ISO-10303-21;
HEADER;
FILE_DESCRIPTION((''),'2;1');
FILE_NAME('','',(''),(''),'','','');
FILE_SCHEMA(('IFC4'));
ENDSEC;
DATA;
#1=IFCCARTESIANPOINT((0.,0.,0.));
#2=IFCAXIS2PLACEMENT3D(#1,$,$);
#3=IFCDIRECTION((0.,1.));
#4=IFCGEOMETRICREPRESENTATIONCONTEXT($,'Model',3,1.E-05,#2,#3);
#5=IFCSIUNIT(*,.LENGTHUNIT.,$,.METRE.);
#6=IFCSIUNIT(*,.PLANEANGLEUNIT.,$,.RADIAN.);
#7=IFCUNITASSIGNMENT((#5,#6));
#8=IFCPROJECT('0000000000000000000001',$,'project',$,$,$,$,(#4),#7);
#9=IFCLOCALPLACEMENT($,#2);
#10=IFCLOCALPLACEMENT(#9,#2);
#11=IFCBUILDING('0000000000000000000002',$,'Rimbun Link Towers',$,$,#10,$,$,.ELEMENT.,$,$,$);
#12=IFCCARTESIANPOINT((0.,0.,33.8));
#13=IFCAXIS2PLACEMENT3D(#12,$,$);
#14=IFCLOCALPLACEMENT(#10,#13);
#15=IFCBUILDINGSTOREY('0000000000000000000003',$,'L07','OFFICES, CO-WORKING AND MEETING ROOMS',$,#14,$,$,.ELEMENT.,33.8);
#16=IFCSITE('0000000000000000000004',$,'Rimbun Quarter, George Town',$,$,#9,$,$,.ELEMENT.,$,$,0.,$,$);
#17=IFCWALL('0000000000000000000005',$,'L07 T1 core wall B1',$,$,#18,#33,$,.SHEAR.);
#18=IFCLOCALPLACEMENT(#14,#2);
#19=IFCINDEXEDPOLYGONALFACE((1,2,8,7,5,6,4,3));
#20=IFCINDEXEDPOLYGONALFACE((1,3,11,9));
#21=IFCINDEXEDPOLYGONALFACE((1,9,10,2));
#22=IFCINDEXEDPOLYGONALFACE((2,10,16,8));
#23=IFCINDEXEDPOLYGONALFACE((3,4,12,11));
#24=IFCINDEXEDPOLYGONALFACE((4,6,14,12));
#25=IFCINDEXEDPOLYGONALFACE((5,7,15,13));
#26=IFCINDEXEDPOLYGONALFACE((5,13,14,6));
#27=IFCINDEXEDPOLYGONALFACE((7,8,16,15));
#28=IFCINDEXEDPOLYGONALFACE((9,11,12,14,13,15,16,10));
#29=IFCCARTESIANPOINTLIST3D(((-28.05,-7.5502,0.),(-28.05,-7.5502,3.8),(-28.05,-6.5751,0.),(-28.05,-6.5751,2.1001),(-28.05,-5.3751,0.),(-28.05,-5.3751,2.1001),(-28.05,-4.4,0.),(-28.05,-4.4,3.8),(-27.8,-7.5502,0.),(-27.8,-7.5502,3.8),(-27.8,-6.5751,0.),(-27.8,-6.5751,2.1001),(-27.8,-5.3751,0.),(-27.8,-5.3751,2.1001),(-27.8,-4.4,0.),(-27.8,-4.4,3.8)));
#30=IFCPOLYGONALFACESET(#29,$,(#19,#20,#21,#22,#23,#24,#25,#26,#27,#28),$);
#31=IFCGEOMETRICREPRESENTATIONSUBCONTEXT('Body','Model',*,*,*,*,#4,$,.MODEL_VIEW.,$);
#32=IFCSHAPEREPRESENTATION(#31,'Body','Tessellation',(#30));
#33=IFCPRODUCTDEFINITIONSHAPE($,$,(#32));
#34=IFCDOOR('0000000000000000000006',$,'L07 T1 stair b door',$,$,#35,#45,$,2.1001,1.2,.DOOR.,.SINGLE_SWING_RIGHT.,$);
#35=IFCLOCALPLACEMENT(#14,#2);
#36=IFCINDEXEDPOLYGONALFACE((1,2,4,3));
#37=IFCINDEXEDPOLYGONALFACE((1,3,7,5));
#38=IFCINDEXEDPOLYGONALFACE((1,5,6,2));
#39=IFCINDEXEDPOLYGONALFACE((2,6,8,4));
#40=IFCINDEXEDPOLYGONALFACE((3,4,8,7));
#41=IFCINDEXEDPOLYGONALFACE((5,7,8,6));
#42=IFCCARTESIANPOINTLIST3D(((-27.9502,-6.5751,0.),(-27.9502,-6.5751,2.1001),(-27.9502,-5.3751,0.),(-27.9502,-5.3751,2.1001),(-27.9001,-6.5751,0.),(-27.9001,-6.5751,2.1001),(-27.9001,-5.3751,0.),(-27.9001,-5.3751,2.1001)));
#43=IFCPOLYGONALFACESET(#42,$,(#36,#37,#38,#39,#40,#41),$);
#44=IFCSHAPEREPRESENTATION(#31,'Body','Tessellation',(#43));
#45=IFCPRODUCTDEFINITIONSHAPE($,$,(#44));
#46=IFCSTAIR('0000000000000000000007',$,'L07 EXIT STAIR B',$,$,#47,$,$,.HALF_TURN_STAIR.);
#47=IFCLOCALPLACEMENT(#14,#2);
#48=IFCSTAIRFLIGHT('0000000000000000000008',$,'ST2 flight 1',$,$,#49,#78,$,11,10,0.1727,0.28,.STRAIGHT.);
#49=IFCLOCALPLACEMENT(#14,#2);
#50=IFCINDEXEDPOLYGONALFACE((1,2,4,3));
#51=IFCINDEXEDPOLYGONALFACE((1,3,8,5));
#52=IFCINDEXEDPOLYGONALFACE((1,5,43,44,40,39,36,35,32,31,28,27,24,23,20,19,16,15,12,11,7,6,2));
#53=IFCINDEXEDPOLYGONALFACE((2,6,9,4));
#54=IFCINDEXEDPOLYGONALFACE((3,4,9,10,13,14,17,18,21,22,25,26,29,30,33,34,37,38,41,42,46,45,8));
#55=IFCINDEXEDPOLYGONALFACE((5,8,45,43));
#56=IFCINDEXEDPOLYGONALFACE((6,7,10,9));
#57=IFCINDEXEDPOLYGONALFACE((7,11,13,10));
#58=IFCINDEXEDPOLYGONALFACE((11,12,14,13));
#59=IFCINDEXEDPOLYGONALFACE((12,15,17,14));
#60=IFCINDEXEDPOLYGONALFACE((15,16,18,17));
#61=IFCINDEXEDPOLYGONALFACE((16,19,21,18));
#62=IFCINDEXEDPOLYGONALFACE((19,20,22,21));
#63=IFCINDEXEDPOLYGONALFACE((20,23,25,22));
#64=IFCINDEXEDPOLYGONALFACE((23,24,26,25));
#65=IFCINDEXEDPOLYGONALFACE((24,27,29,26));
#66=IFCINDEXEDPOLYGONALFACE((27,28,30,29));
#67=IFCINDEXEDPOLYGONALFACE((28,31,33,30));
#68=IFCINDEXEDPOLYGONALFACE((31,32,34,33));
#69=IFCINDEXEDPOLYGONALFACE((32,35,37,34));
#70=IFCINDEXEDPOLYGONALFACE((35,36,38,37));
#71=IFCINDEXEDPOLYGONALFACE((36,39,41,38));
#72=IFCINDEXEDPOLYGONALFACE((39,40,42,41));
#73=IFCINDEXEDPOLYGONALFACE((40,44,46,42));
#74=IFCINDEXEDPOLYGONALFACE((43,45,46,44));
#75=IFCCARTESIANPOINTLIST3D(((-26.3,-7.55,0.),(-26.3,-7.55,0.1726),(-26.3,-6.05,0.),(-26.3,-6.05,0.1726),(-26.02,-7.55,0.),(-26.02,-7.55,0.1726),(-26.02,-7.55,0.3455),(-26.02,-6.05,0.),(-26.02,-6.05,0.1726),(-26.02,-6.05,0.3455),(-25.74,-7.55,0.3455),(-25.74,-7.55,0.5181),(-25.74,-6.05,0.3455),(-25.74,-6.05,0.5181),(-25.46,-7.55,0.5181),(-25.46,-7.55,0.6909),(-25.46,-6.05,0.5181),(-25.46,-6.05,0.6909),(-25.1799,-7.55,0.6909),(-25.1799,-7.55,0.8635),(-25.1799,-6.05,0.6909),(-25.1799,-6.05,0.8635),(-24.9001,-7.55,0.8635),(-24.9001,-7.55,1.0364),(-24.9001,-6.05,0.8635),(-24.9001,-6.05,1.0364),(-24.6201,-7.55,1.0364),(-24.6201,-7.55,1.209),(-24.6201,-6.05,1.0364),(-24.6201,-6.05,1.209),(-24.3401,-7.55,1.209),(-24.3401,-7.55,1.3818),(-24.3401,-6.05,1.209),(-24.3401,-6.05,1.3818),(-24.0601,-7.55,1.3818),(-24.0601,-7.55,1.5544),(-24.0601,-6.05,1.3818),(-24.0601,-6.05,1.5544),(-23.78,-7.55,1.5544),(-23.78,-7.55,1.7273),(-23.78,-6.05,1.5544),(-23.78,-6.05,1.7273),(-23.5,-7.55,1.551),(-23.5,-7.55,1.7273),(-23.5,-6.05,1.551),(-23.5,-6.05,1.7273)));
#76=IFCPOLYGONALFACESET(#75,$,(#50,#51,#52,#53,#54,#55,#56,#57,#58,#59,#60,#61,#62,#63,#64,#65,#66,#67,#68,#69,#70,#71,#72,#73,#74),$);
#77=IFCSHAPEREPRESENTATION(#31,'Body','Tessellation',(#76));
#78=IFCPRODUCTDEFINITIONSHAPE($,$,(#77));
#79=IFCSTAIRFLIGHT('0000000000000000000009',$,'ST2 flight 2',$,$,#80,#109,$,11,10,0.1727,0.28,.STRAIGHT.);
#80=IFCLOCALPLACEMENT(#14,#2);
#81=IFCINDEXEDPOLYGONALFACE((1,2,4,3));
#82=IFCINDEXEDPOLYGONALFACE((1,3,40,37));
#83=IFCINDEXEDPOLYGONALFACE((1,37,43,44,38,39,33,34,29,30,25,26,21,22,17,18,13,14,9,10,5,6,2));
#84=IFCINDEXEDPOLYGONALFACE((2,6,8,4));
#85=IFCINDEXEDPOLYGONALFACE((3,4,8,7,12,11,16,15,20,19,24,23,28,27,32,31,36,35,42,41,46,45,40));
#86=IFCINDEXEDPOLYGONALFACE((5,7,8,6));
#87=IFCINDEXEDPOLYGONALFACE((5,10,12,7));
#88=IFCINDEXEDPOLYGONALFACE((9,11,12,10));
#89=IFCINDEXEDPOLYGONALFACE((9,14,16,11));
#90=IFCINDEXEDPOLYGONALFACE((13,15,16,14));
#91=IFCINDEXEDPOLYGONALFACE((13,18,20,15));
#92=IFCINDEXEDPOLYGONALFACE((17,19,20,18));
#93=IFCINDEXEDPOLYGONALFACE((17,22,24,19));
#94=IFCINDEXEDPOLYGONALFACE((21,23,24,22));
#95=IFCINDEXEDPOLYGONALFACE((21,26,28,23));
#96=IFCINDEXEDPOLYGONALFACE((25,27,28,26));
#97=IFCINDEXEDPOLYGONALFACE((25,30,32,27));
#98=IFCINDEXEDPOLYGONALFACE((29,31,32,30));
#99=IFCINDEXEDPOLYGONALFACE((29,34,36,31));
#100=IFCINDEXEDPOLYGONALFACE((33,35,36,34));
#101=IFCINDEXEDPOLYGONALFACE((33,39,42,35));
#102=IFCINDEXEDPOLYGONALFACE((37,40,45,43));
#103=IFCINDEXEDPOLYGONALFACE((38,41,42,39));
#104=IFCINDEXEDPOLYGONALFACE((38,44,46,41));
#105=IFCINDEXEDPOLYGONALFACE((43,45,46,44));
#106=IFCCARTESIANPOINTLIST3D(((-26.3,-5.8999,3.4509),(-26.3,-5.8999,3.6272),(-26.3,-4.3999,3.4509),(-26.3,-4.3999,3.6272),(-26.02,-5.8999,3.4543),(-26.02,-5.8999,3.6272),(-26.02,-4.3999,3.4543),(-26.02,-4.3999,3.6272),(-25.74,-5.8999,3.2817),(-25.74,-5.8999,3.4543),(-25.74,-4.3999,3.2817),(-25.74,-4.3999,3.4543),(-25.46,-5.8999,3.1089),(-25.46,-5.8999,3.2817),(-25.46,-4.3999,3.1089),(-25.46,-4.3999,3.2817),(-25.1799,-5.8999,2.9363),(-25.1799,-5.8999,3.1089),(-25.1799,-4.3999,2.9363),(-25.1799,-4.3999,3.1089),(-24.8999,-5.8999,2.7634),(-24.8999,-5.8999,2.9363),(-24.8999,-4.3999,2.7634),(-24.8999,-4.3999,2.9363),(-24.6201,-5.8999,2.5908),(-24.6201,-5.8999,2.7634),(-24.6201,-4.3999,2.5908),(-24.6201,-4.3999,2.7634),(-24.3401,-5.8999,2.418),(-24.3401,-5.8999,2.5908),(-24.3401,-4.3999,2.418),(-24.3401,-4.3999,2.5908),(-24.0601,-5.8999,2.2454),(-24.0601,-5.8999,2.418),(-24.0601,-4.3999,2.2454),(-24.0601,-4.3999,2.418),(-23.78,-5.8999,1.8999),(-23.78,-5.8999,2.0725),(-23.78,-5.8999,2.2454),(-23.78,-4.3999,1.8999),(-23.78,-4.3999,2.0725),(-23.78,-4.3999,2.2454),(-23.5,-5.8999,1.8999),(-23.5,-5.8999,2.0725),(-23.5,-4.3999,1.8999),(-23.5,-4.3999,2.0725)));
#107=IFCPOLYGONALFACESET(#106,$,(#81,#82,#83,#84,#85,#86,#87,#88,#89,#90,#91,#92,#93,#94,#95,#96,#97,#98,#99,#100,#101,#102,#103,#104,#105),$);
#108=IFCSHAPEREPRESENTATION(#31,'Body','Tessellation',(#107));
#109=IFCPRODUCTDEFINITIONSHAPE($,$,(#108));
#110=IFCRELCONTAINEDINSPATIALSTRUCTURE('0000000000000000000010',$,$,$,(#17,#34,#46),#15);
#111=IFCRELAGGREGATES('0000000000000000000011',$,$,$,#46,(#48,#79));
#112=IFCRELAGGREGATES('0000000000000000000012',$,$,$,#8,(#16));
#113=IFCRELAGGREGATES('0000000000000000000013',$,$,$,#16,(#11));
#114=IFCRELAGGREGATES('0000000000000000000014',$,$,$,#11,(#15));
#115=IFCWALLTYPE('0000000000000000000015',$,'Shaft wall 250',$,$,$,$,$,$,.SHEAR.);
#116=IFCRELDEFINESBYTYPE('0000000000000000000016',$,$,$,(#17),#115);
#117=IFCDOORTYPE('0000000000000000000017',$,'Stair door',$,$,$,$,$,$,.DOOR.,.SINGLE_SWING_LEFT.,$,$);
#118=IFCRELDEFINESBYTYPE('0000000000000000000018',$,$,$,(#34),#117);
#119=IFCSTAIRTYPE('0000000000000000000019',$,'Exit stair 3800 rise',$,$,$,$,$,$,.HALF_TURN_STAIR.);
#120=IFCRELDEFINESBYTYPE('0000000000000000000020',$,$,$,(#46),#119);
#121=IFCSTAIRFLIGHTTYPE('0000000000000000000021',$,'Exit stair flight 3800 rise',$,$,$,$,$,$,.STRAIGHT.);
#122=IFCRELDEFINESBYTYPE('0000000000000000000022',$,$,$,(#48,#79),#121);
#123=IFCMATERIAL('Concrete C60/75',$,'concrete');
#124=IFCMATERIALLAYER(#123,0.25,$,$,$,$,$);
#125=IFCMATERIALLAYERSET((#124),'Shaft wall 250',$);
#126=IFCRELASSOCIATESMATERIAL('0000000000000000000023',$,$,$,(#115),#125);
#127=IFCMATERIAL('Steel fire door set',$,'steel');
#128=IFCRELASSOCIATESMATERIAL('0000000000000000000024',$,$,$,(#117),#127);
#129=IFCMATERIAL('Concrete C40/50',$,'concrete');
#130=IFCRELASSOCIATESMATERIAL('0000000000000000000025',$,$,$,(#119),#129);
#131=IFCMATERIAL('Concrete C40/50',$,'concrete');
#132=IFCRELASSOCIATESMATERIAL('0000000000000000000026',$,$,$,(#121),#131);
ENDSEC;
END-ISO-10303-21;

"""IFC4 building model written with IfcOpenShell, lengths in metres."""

from ifc_helpers import new_model, si_unit, direction, frame, frame_2d, origin, place, context, subcontext, project, spatial, polyline, rectangle, outline, extrude, material, layer, layer_set, type_object, element, fill, aggregate, save


model = new_model("IFC4")

# Units and contexts
model_context = context("Model", 3, precision=1e-05, world=origin(), true_north=direction((0.0, 1.0)))
body_context = subcontext(model_context, "Body", "Model", "MODEL_VIEW")
ifc_project = project(units=[si_unit("LENGTHUNIT", "METRE"), si_unit("PLANEANGLEUNIT", "RADIAN")], contexts=[model_context])

# Site, building, storey
site_placement = place(None, origin())
site = spatial("IfcSite", under=ifc_project, at=site_placement, Name="Rimbun Quarter, George Town", CompositionType="ELEMENT", RefElevation=0.0)
building_placement = place(site_placement, origin())
building = spatial("IfcBuilding", under=site, at=building_placement, Name="Rimbun Link Towers", CompositionType="ELEMENT")
storey_placement = place(building_placement, frame((0.0, 0.0, 33.8)))
storey = spatial("IfcBuildingStorey", under=building, at=storey_placement, Name="L07", Description="OFFICES, CO-WORKING AND MEETING ROOMS", CompositionType="ELEMENT", Elevation=33.8)

# Shared definitions
ifc_material_1 = material(Name="Concrete C60/75", Category="concrete")
ifc_layer_1 = layer(ifc_material_1, 0.25)
ifc_layer_set_1 = layer_set([ifc_layer_1], Name="Shaft wall 250")
wall_type_1 = type_object("IfcWallType", Name="Shaft wall 250", PredefinedType="SHEAR", material=ifc_layer_set_1)

# Wall, opening, door
wall_1_placement = place(storey_placement, frame((-27.925, -4.3999, 0.0), z_axis=(0.0, 0.0, 1.0), x_axis=(0.0, -1.0, 0.0)))
wall_1 = element("IfcWall", 1, at=wall_1_placement, inside=storey, type_object=wall_type_1, Name="L07 T1 core wall B1", PredefinedType="SHEAR", context=body_context, shape_type="SweptSolid", body=[
    extrude(rectangle(XDim=3.1501, YDim=0.25, at=frame_2d((1.5752, 0.0))), origin(), (0.0, 0.0, 1.0), 3.8),
])
opening_1_placement = place(wall_1_placement, frame((0.9751, 0.0, 0.0)))
opening_1 = element("IfcOpeningElement", 2, at=opening_1_placement, cuts=wall_1, PredefinedType="OPENING", context=body_context, shape_type="SweptSolid", body=[
    extrude(rectangle(XDim=1.2, YDim=2.1001, at=frame_2d((0.6001, 1.05))), frame((0.0, 0.135, 0.0), z_axis=(0.0, -1.0, 0.0), x_axis=(1.0, 0.0, 0.0)), (0.0, 0.0, 1.0), 0.27),
])
ifc_material_2 = material(Name="Steel fire door set", Category="steel")
door_type_1 = type_object("IfcDoorType", Name="Stair door", OperationType="SINGLE_SWING_LEFT", PredefinedType="DOOR", material=ifc_material_2)
door_1_placement = place(opening_1_placement, origin())
door_1 = element("IfcDoor", 3, at=door_1_placement, inside=storey, type_object=door_type_1, Name="L07 T1 stair b door", OperationType="SINGLE_SWING_RIGHT", OverallHeight=2.1001, OverallWidth=1.2, PredefinedType="DOOR", context=body_context, shape_type="SweptSolid", body=[
    extrude(rectangle(XDim=1.2, YDim=2.1001, at=frame_2d((0.6001, 1.05))), frame((0.0, 0.0249, 0.0), z_axis=(0.0, -1.0, 0.0), x_axis=(1.0, 0.0, 0.0)), (0.0, 0.0, 1.0), 0.05),
])
fill(opening_1, door_1)

# Stair, stair flights
ifc_material_3 = material(Name="Concrete C40/50", Category="concrete")
stair_type = type_object("IfcStairType", Name="Exit stair 3800 rise", PredefinedType="HALF_TURN_STAIR", material=ifc_material_3)
stair_placement = place(storey_placement, origin())
stair = element("IfcStair", 4, at=stair_placement, inside=storey, type_object=stair_type, Name="L07 EXIT STAIR B", PredefinedType="HALF_TURN_STAIR")
ifc_material_4 = material(Name="Concrete C40/50", Category="concrete")
stair_flight_type = type_object("IfcStairFlightType", Name="Exit stair flight 3800 rise", PredefinedType="STRAIGHT", material=ifc_material_4)
stair_flight_1_placement = place(storey_placement, frame((-26.3, -6.8, 0.0), z_axis=(0.0, 0.0, 1.0), x_axis=(1.0, 0.0, 0.0)))
stair_flight_1 = element("IfcStairFlight", 5, at=stair_flight_1_placement, type_object=stair_flight_type, Name="ST2 flight 1", NumberOfRisers=11, NumberOfTreads=10, PredefinedType="STRAIGHT", RiserHeight=0.1727, TreadLength=0.28, context=body_context, shape_type="SweptSolid", body=[
    extrude(outline(polyline([(0.0, 0.0), (0.0, 0.1726), (0.28, 0.1726), (0.28, 0.3455), (0.5601, 0.3455), (0.5601, 0.5181), (0.8401, 0.5181), (0.8401, 0.6909), (1.1201, 0.6909), (1.1201, 0.8635), (1.3999, 0.8635), (1.3999, 1.0364), (1.6799, 1.0364), (1.6799, 1.209), (1.96, 1.209), (1.96, 1.3818), (2.24, 1.3818), (2.24, 1.5544), (2.52, 1.5544), (2.52, 1.7273), (2.8, 1.7273), (2.8, 1.8999), (2.8, 1.551), (0.28, 0.0), (0.0, 0.0)])), frame((0.0, 0.75, 0.0), z_axis=(0.0, -1.0, 0.0), x_axis=(1.0, 0.0, 0.0)), (0.0, 0.0, 1.0), 1.5),
])
stair_flight_2_placement = place(storey_placement, frame((-23.5, -5.1499, 1.8999), z_axis=(0.0, 0.0, 1.0), x_axis=(-1.0, 0.0, 0.0)))
stair_flight_2 = element("IfcStairFlight", 6, at=stair_flight_2_placement, type_object=stair_flight_type, Name="ST2 flight 2", NumberOfRisers=11, NumberOfTreads=10, PredefinedType="STRAIGHT", RiserHeight=0.1727, TreadLength=0.28, context=body_context, shape_type="SweptSolid", body=[
    extrude(outline(polyline([(0.0, 0.0), (0.0, 0.1726), (0.28, 0.1726), (0.28, 0.3455), (0.5601, 0.3455), (0.5601, 0.5181), (0.8401, 0.5181), (0.8401, 0.6909), (1.1201, 0.6909), (1.1201, 0.8635), (1.3999, 0.8635), (1.3999, 1.0364), (1.6799, 1.0364), (1.6799, 1.209), (1.96, 1.209), (1.96, 1.3818), (2.24, 1.3818), (2.24, 1.5544), (2.52, 1.5544), (2.52, 1.7273), (2.8, 1.7273), (2.8, 1.8999), (2.8, 1.551), (0.28, 0.0), (0.0, 0.0)])), frame((0.0, 0.75, 0.0), z_axis=(0.0, -1.0, 0.0), x_axis=(1.0, 0.0, 0.0)), (0.0, 0.0, 1.0), 1.5),
])
aggregate(stair, [stair_flight_1, stair_flight_2])

save(model, "model.ifc")
